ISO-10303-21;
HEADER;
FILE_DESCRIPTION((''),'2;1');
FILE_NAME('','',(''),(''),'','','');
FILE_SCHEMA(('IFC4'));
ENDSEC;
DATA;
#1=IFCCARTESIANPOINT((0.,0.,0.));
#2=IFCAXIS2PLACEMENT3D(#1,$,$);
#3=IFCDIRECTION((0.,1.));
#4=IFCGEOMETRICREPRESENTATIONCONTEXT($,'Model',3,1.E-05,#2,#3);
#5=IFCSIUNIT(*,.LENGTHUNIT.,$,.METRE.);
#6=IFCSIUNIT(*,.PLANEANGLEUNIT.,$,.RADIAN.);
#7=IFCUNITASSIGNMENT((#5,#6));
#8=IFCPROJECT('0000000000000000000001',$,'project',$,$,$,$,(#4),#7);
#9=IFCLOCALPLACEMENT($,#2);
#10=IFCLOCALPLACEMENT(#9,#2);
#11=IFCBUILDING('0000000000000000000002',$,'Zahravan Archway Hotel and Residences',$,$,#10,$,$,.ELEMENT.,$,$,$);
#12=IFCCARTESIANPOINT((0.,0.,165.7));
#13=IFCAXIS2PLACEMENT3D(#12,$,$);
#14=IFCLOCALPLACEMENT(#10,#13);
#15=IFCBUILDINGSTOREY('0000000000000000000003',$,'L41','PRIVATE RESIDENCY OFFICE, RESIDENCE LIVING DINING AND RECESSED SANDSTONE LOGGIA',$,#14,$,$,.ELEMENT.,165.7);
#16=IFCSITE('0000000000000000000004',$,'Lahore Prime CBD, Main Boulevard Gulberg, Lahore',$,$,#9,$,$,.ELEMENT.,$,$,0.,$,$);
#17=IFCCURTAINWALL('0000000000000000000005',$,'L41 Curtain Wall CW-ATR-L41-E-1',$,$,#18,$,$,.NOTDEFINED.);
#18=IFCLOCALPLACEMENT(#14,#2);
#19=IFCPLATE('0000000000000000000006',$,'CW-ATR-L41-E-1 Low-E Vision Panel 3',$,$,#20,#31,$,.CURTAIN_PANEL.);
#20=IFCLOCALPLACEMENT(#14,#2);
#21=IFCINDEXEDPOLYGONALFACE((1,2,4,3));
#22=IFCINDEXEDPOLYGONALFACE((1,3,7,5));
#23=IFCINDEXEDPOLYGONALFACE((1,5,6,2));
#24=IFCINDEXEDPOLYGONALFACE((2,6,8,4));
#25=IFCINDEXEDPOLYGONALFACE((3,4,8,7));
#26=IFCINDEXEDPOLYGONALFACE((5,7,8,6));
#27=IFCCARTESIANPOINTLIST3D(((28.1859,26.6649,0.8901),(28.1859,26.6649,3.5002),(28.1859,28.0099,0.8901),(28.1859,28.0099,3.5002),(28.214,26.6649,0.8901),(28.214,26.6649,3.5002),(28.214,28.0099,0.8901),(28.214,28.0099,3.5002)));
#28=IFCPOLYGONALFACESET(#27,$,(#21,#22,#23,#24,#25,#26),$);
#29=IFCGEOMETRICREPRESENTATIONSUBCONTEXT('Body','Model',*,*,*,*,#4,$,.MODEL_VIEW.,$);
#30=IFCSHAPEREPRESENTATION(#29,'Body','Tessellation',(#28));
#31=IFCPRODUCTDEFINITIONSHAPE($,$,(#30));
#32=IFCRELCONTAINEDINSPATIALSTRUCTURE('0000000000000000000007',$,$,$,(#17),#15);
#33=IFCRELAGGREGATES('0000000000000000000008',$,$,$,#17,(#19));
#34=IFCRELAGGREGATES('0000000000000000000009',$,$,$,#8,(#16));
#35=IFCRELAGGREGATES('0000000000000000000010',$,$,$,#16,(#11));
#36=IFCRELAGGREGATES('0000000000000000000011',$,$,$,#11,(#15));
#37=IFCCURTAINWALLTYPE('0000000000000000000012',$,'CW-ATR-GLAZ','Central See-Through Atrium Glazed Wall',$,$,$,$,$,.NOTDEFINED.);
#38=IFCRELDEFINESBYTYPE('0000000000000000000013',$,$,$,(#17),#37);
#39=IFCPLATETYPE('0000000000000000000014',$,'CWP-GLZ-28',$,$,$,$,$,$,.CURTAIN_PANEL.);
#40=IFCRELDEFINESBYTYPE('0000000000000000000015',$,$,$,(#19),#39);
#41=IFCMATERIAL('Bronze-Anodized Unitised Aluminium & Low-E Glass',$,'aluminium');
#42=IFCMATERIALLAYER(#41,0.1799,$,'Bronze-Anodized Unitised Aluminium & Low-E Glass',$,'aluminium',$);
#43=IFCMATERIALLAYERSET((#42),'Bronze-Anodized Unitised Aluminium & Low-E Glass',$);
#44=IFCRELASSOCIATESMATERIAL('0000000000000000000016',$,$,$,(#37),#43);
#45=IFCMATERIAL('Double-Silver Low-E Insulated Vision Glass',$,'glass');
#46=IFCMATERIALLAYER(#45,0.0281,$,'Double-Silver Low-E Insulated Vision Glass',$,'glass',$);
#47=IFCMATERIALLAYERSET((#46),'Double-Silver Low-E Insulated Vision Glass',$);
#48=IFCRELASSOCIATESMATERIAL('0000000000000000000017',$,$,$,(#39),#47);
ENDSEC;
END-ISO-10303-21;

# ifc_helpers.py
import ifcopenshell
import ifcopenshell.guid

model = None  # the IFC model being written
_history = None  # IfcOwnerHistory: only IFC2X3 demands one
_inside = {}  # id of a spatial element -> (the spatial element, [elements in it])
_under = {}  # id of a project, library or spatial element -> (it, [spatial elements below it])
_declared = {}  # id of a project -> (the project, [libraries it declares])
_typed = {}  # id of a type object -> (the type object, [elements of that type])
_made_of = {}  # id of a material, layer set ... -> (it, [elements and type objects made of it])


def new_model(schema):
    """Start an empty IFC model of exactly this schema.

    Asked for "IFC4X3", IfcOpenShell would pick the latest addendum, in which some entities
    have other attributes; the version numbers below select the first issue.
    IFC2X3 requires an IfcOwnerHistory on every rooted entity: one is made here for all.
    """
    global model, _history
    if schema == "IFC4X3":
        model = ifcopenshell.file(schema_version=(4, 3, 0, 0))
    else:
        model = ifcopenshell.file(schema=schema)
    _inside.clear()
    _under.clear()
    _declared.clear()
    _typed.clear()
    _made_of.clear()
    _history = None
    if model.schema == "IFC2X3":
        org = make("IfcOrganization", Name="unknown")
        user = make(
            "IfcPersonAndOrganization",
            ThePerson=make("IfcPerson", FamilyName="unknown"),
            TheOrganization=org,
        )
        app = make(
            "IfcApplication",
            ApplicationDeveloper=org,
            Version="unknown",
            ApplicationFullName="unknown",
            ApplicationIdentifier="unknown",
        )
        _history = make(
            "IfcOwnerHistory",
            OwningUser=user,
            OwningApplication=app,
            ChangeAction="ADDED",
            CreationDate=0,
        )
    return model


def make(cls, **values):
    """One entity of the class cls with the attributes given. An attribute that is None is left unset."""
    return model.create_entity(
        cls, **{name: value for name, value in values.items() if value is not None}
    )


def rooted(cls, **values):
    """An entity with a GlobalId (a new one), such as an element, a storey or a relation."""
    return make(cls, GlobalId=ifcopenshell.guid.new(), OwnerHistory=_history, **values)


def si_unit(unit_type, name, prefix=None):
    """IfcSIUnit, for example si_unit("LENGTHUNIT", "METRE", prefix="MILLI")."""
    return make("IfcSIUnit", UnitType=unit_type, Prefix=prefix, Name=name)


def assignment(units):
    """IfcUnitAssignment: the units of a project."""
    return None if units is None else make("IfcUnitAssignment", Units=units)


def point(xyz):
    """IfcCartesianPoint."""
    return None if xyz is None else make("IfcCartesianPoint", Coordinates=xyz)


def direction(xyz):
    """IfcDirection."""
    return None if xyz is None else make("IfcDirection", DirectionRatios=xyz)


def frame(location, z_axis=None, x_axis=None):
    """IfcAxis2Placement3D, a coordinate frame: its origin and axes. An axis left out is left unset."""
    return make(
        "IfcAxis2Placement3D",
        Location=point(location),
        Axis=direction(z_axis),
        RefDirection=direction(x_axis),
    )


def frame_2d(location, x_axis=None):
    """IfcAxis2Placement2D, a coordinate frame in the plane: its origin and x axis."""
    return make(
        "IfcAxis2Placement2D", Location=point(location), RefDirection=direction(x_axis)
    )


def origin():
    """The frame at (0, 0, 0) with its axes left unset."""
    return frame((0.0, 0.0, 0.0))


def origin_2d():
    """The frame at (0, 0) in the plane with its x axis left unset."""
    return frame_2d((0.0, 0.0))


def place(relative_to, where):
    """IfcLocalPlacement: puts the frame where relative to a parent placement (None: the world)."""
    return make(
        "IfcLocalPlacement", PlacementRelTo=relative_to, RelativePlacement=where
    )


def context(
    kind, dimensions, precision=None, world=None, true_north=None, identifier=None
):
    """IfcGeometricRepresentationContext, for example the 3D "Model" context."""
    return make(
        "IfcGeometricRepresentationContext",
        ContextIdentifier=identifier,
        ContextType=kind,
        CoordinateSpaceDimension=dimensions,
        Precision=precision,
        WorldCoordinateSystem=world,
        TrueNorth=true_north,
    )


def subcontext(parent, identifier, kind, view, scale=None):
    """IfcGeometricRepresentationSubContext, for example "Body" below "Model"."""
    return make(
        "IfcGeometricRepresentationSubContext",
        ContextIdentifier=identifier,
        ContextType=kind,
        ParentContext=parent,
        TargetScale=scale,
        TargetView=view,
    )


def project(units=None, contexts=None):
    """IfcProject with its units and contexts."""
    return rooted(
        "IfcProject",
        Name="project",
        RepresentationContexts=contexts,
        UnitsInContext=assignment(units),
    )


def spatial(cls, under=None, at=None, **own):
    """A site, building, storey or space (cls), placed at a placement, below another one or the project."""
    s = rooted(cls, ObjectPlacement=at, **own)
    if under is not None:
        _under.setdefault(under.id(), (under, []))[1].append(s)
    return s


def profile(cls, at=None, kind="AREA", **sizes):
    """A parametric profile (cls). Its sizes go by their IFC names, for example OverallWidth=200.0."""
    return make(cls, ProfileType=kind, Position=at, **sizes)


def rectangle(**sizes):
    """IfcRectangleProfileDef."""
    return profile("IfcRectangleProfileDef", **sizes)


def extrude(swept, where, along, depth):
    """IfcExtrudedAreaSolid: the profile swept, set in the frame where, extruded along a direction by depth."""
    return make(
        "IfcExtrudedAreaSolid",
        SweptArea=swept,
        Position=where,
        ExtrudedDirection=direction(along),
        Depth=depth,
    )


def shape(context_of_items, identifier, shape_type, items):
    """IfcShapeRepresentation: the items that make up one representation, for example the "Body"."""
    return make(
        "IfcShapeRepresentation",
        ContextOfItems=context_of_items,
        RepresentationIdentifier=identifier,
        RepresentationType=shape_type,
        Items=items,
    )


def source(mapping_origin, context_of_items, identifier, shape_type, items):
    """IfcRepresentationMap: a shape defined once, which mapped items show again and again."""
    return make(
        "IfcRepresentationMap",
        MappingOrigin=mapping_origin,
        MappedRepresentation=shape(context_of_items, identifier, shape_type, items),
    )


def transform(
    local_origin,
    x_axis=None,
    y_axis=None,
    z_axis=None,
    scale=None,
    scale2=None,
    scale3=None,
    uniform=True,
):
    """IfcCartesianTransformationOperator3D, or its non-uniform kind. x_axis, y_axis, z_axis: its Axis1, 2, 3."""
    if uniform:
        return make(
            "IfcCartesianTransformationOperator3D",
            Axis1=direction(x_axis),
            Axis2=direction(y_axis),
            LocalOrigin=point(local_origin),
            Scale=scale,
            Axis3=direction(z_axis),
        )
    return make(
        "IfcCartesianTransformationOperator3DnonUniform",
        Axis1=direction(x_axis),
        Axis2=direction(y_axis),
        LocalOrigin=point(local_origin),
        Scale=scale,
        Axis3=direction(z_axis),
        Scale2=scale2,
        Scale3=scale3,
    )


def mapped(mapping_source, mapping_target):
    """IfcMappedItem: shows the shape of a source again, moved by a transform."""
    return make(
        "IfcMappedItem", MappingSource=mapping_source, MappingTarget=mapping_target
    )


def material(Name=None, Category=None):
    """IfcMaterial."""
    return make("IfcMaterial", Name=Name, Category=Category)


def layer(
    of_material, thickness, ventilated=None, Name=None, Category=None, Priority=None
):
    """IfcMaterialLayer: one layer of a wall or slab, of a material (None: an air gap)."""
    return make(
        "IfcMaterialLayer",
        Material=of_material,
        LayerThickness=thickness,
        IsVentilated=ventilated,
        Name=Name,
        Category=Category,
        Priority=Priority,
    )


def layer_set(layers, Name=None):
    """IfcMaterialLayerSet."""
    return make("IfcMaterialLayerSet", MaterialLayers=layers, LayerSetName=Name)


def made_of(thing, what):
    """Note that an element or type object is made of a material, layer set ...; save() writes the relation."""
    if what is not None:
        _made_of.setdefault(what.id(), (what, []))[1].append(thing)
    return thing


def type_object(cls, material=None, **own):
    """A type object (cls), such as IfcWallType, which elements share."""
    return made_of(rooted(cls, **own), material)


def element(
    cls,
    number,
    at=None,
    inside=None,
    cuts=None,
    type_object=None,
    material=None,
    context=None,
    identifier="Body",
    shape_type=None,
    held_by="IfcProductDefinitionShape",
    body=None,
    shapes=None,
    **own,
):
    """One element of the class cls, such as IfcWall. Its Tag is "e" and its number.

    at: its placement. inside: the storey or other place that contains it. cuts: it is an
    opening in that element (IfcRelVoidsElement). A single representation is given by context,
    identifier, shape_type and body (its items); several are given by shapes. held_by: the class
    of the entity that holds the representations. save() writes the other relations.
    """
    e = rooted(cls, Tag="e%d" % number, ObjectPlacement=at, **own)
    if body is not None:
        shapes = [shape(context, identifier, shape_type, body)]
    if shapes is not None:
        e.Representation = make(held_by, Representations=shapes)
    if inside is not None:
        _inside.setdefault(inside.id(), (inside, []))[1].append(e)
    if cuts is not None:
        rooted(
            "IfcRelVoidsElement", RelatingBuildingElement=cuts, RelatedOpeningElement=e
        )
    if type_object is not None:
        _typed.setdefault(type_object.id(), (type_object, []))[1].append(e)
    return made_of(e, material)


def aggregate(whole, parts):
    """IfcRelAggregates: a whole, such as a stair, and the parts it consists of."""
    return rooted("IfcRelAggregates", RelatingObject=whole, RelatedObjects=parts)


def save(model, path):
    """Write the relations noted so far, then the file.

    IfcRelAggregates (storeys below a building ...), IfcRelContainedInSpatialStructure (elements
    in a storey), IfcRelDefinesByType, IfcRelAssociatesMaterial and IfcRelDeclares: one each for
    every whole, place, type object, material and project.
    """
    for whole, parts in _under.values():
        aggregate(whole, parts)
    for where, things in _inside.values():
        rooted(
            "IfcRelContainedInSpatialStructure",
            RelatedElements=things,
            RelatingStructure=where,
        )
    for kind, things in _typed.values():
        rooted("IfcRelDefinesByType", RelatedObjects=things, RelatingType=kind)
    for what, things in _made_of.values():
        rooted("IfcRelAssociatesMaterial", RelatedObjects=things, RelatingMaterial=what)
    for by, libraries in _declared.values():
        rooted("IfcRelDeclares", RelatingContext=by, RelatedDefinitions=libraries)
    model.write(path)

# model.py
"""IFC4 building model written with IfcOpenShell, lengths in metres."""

from ifc_helpers import new_model, si_unit, direction, frame, origin, origin_2d, place, context, subcontext, project, spatial, rectangle, extrude, source, transform, mapped, material, layer, layer_set, type_object, element, aggregate, save


model = new_model("IFC4")

# Units and contexts
model_context = context("Model", 3, precision=1e-05, world=origin(), true_north=direction((0.0, 1.0)))
body_context = subcontext(model_context, "Body", "Model", "MODEL_VIEW")
ifc_project = project(units=[si_unit("LENGTHUNIT", "METRE"), si_unit("PLANEANGLEUNIT", "RADIAN")], contexts=[model_context])

# Site, building, storey
site_placement = place(None, origin())
site = spatial("IfcSite", under=ifc_project, at=site_placement, Name="Lahore Prime CBD, Main Boulevard Gulberg, Lahore", CompositionType="ELEMENT", RefElevation=0.0)
building_placement = place(site_placement, origin())
building = spatial("IfcBuilding", under=site, at=building_placement, Name="Zahravan Archway Hotel and Residences", CompositionType="ELEMENT")
storey_placement = place(building_placement, frame((0.0, 0.0, 165.7)))
storey = spatial("IfcBuildingStorey", under=building, at=storey_placement, Name="L41", Description="PRIVATE RESIDENCY OFFICE, RESIDENCE LIVING DINING AND RECESSED SANDSTONE LOGGIA", CompositionType="ELEMENT", Elevation=165.7)

# Curtain wall
ifc_material_1 = material(Name="Bronze-Anodized Unitised Aluminium & Low-E Glass", Category="aluminium")
ifc_layer_1 = layer(ifc_material_1, 0.1799, Name="Bronze-Anodized Unitised Aluminium & Low-E Glass", Category="aluminium")
ifc_layer_set_1 = layer_set([ifc_layer_1], Name="Bronze-Anodized Unitised Aluminium & Low-E Glass")
curtain_wall_type = type_object("IfcCurtainWallType", Name="CW-ATR-GLAZ", Description="Central See-Through Atrium Glazed Wall", PredefinedType="NOTDEFINED", material=ifc_layer_set_1)
curtain_wall_1_placement = place(storey_placement, origin())
curtain_wall_1 = element("IfcCurtainWall", 1, at=curtain_wall_1_placement, inside=storey, type_object=curtain_wall_type, Name="L41 Curtain Wall CW-ATR-L41-E-1", PredefinedType="NOTDEFINED")

# Plate
ifc_material_2 = material(Name="Double-Silver Low-E Insulated Vision Glass", Category="glass")
ifc_layer_2 = layer(ifc_material_2, 0.0281, Name="Double-Silver Low-E Insulated Vision Glass", Category="glass")
ifc_layer_set_2 = layer_set([ifc_layer_2], Name="Double-Silver Low-E Insulated Vision Glass")
plate_type_1 = type_object("IfcPlateType", Name="CWP-GLZ-28", PredefinedType="CURTAIN_PANEL", material=ifc_layer_set_2)
shared_shape_1 = source(origin(), body_context, "Body", "SweptSolid", [
    extrude(rectangle(XDim=1.345, YDim=0.0281, at=origin_2d()), origin(), (0.0, 0.0, 1.0), 2.6101),
])
plate_1_placement = place(storey_placement, frame((28.2, 27.3374, 0.8901), z_axis=(0.0, 0.0, 1.0), x_axis=(0.0, 1.0, 0.0)))
plate_1 = element("IfcPlate", 2, at=plate_1_placement, type_object=plate_type_1, Name="CW-ATR-L41-E-1 Low-E Vision Panel 3", PredefinedType="CURTAIN_PANEL", context=body_context, shape_type="MappedRepresentation", body=[
    mapped(shared_shape_1, transform((0.0, 0.0, 0.0), scale=1.0)),
])
aggregate(curtain_wall_1, [plate_1])

save(model, "model.ifc")
